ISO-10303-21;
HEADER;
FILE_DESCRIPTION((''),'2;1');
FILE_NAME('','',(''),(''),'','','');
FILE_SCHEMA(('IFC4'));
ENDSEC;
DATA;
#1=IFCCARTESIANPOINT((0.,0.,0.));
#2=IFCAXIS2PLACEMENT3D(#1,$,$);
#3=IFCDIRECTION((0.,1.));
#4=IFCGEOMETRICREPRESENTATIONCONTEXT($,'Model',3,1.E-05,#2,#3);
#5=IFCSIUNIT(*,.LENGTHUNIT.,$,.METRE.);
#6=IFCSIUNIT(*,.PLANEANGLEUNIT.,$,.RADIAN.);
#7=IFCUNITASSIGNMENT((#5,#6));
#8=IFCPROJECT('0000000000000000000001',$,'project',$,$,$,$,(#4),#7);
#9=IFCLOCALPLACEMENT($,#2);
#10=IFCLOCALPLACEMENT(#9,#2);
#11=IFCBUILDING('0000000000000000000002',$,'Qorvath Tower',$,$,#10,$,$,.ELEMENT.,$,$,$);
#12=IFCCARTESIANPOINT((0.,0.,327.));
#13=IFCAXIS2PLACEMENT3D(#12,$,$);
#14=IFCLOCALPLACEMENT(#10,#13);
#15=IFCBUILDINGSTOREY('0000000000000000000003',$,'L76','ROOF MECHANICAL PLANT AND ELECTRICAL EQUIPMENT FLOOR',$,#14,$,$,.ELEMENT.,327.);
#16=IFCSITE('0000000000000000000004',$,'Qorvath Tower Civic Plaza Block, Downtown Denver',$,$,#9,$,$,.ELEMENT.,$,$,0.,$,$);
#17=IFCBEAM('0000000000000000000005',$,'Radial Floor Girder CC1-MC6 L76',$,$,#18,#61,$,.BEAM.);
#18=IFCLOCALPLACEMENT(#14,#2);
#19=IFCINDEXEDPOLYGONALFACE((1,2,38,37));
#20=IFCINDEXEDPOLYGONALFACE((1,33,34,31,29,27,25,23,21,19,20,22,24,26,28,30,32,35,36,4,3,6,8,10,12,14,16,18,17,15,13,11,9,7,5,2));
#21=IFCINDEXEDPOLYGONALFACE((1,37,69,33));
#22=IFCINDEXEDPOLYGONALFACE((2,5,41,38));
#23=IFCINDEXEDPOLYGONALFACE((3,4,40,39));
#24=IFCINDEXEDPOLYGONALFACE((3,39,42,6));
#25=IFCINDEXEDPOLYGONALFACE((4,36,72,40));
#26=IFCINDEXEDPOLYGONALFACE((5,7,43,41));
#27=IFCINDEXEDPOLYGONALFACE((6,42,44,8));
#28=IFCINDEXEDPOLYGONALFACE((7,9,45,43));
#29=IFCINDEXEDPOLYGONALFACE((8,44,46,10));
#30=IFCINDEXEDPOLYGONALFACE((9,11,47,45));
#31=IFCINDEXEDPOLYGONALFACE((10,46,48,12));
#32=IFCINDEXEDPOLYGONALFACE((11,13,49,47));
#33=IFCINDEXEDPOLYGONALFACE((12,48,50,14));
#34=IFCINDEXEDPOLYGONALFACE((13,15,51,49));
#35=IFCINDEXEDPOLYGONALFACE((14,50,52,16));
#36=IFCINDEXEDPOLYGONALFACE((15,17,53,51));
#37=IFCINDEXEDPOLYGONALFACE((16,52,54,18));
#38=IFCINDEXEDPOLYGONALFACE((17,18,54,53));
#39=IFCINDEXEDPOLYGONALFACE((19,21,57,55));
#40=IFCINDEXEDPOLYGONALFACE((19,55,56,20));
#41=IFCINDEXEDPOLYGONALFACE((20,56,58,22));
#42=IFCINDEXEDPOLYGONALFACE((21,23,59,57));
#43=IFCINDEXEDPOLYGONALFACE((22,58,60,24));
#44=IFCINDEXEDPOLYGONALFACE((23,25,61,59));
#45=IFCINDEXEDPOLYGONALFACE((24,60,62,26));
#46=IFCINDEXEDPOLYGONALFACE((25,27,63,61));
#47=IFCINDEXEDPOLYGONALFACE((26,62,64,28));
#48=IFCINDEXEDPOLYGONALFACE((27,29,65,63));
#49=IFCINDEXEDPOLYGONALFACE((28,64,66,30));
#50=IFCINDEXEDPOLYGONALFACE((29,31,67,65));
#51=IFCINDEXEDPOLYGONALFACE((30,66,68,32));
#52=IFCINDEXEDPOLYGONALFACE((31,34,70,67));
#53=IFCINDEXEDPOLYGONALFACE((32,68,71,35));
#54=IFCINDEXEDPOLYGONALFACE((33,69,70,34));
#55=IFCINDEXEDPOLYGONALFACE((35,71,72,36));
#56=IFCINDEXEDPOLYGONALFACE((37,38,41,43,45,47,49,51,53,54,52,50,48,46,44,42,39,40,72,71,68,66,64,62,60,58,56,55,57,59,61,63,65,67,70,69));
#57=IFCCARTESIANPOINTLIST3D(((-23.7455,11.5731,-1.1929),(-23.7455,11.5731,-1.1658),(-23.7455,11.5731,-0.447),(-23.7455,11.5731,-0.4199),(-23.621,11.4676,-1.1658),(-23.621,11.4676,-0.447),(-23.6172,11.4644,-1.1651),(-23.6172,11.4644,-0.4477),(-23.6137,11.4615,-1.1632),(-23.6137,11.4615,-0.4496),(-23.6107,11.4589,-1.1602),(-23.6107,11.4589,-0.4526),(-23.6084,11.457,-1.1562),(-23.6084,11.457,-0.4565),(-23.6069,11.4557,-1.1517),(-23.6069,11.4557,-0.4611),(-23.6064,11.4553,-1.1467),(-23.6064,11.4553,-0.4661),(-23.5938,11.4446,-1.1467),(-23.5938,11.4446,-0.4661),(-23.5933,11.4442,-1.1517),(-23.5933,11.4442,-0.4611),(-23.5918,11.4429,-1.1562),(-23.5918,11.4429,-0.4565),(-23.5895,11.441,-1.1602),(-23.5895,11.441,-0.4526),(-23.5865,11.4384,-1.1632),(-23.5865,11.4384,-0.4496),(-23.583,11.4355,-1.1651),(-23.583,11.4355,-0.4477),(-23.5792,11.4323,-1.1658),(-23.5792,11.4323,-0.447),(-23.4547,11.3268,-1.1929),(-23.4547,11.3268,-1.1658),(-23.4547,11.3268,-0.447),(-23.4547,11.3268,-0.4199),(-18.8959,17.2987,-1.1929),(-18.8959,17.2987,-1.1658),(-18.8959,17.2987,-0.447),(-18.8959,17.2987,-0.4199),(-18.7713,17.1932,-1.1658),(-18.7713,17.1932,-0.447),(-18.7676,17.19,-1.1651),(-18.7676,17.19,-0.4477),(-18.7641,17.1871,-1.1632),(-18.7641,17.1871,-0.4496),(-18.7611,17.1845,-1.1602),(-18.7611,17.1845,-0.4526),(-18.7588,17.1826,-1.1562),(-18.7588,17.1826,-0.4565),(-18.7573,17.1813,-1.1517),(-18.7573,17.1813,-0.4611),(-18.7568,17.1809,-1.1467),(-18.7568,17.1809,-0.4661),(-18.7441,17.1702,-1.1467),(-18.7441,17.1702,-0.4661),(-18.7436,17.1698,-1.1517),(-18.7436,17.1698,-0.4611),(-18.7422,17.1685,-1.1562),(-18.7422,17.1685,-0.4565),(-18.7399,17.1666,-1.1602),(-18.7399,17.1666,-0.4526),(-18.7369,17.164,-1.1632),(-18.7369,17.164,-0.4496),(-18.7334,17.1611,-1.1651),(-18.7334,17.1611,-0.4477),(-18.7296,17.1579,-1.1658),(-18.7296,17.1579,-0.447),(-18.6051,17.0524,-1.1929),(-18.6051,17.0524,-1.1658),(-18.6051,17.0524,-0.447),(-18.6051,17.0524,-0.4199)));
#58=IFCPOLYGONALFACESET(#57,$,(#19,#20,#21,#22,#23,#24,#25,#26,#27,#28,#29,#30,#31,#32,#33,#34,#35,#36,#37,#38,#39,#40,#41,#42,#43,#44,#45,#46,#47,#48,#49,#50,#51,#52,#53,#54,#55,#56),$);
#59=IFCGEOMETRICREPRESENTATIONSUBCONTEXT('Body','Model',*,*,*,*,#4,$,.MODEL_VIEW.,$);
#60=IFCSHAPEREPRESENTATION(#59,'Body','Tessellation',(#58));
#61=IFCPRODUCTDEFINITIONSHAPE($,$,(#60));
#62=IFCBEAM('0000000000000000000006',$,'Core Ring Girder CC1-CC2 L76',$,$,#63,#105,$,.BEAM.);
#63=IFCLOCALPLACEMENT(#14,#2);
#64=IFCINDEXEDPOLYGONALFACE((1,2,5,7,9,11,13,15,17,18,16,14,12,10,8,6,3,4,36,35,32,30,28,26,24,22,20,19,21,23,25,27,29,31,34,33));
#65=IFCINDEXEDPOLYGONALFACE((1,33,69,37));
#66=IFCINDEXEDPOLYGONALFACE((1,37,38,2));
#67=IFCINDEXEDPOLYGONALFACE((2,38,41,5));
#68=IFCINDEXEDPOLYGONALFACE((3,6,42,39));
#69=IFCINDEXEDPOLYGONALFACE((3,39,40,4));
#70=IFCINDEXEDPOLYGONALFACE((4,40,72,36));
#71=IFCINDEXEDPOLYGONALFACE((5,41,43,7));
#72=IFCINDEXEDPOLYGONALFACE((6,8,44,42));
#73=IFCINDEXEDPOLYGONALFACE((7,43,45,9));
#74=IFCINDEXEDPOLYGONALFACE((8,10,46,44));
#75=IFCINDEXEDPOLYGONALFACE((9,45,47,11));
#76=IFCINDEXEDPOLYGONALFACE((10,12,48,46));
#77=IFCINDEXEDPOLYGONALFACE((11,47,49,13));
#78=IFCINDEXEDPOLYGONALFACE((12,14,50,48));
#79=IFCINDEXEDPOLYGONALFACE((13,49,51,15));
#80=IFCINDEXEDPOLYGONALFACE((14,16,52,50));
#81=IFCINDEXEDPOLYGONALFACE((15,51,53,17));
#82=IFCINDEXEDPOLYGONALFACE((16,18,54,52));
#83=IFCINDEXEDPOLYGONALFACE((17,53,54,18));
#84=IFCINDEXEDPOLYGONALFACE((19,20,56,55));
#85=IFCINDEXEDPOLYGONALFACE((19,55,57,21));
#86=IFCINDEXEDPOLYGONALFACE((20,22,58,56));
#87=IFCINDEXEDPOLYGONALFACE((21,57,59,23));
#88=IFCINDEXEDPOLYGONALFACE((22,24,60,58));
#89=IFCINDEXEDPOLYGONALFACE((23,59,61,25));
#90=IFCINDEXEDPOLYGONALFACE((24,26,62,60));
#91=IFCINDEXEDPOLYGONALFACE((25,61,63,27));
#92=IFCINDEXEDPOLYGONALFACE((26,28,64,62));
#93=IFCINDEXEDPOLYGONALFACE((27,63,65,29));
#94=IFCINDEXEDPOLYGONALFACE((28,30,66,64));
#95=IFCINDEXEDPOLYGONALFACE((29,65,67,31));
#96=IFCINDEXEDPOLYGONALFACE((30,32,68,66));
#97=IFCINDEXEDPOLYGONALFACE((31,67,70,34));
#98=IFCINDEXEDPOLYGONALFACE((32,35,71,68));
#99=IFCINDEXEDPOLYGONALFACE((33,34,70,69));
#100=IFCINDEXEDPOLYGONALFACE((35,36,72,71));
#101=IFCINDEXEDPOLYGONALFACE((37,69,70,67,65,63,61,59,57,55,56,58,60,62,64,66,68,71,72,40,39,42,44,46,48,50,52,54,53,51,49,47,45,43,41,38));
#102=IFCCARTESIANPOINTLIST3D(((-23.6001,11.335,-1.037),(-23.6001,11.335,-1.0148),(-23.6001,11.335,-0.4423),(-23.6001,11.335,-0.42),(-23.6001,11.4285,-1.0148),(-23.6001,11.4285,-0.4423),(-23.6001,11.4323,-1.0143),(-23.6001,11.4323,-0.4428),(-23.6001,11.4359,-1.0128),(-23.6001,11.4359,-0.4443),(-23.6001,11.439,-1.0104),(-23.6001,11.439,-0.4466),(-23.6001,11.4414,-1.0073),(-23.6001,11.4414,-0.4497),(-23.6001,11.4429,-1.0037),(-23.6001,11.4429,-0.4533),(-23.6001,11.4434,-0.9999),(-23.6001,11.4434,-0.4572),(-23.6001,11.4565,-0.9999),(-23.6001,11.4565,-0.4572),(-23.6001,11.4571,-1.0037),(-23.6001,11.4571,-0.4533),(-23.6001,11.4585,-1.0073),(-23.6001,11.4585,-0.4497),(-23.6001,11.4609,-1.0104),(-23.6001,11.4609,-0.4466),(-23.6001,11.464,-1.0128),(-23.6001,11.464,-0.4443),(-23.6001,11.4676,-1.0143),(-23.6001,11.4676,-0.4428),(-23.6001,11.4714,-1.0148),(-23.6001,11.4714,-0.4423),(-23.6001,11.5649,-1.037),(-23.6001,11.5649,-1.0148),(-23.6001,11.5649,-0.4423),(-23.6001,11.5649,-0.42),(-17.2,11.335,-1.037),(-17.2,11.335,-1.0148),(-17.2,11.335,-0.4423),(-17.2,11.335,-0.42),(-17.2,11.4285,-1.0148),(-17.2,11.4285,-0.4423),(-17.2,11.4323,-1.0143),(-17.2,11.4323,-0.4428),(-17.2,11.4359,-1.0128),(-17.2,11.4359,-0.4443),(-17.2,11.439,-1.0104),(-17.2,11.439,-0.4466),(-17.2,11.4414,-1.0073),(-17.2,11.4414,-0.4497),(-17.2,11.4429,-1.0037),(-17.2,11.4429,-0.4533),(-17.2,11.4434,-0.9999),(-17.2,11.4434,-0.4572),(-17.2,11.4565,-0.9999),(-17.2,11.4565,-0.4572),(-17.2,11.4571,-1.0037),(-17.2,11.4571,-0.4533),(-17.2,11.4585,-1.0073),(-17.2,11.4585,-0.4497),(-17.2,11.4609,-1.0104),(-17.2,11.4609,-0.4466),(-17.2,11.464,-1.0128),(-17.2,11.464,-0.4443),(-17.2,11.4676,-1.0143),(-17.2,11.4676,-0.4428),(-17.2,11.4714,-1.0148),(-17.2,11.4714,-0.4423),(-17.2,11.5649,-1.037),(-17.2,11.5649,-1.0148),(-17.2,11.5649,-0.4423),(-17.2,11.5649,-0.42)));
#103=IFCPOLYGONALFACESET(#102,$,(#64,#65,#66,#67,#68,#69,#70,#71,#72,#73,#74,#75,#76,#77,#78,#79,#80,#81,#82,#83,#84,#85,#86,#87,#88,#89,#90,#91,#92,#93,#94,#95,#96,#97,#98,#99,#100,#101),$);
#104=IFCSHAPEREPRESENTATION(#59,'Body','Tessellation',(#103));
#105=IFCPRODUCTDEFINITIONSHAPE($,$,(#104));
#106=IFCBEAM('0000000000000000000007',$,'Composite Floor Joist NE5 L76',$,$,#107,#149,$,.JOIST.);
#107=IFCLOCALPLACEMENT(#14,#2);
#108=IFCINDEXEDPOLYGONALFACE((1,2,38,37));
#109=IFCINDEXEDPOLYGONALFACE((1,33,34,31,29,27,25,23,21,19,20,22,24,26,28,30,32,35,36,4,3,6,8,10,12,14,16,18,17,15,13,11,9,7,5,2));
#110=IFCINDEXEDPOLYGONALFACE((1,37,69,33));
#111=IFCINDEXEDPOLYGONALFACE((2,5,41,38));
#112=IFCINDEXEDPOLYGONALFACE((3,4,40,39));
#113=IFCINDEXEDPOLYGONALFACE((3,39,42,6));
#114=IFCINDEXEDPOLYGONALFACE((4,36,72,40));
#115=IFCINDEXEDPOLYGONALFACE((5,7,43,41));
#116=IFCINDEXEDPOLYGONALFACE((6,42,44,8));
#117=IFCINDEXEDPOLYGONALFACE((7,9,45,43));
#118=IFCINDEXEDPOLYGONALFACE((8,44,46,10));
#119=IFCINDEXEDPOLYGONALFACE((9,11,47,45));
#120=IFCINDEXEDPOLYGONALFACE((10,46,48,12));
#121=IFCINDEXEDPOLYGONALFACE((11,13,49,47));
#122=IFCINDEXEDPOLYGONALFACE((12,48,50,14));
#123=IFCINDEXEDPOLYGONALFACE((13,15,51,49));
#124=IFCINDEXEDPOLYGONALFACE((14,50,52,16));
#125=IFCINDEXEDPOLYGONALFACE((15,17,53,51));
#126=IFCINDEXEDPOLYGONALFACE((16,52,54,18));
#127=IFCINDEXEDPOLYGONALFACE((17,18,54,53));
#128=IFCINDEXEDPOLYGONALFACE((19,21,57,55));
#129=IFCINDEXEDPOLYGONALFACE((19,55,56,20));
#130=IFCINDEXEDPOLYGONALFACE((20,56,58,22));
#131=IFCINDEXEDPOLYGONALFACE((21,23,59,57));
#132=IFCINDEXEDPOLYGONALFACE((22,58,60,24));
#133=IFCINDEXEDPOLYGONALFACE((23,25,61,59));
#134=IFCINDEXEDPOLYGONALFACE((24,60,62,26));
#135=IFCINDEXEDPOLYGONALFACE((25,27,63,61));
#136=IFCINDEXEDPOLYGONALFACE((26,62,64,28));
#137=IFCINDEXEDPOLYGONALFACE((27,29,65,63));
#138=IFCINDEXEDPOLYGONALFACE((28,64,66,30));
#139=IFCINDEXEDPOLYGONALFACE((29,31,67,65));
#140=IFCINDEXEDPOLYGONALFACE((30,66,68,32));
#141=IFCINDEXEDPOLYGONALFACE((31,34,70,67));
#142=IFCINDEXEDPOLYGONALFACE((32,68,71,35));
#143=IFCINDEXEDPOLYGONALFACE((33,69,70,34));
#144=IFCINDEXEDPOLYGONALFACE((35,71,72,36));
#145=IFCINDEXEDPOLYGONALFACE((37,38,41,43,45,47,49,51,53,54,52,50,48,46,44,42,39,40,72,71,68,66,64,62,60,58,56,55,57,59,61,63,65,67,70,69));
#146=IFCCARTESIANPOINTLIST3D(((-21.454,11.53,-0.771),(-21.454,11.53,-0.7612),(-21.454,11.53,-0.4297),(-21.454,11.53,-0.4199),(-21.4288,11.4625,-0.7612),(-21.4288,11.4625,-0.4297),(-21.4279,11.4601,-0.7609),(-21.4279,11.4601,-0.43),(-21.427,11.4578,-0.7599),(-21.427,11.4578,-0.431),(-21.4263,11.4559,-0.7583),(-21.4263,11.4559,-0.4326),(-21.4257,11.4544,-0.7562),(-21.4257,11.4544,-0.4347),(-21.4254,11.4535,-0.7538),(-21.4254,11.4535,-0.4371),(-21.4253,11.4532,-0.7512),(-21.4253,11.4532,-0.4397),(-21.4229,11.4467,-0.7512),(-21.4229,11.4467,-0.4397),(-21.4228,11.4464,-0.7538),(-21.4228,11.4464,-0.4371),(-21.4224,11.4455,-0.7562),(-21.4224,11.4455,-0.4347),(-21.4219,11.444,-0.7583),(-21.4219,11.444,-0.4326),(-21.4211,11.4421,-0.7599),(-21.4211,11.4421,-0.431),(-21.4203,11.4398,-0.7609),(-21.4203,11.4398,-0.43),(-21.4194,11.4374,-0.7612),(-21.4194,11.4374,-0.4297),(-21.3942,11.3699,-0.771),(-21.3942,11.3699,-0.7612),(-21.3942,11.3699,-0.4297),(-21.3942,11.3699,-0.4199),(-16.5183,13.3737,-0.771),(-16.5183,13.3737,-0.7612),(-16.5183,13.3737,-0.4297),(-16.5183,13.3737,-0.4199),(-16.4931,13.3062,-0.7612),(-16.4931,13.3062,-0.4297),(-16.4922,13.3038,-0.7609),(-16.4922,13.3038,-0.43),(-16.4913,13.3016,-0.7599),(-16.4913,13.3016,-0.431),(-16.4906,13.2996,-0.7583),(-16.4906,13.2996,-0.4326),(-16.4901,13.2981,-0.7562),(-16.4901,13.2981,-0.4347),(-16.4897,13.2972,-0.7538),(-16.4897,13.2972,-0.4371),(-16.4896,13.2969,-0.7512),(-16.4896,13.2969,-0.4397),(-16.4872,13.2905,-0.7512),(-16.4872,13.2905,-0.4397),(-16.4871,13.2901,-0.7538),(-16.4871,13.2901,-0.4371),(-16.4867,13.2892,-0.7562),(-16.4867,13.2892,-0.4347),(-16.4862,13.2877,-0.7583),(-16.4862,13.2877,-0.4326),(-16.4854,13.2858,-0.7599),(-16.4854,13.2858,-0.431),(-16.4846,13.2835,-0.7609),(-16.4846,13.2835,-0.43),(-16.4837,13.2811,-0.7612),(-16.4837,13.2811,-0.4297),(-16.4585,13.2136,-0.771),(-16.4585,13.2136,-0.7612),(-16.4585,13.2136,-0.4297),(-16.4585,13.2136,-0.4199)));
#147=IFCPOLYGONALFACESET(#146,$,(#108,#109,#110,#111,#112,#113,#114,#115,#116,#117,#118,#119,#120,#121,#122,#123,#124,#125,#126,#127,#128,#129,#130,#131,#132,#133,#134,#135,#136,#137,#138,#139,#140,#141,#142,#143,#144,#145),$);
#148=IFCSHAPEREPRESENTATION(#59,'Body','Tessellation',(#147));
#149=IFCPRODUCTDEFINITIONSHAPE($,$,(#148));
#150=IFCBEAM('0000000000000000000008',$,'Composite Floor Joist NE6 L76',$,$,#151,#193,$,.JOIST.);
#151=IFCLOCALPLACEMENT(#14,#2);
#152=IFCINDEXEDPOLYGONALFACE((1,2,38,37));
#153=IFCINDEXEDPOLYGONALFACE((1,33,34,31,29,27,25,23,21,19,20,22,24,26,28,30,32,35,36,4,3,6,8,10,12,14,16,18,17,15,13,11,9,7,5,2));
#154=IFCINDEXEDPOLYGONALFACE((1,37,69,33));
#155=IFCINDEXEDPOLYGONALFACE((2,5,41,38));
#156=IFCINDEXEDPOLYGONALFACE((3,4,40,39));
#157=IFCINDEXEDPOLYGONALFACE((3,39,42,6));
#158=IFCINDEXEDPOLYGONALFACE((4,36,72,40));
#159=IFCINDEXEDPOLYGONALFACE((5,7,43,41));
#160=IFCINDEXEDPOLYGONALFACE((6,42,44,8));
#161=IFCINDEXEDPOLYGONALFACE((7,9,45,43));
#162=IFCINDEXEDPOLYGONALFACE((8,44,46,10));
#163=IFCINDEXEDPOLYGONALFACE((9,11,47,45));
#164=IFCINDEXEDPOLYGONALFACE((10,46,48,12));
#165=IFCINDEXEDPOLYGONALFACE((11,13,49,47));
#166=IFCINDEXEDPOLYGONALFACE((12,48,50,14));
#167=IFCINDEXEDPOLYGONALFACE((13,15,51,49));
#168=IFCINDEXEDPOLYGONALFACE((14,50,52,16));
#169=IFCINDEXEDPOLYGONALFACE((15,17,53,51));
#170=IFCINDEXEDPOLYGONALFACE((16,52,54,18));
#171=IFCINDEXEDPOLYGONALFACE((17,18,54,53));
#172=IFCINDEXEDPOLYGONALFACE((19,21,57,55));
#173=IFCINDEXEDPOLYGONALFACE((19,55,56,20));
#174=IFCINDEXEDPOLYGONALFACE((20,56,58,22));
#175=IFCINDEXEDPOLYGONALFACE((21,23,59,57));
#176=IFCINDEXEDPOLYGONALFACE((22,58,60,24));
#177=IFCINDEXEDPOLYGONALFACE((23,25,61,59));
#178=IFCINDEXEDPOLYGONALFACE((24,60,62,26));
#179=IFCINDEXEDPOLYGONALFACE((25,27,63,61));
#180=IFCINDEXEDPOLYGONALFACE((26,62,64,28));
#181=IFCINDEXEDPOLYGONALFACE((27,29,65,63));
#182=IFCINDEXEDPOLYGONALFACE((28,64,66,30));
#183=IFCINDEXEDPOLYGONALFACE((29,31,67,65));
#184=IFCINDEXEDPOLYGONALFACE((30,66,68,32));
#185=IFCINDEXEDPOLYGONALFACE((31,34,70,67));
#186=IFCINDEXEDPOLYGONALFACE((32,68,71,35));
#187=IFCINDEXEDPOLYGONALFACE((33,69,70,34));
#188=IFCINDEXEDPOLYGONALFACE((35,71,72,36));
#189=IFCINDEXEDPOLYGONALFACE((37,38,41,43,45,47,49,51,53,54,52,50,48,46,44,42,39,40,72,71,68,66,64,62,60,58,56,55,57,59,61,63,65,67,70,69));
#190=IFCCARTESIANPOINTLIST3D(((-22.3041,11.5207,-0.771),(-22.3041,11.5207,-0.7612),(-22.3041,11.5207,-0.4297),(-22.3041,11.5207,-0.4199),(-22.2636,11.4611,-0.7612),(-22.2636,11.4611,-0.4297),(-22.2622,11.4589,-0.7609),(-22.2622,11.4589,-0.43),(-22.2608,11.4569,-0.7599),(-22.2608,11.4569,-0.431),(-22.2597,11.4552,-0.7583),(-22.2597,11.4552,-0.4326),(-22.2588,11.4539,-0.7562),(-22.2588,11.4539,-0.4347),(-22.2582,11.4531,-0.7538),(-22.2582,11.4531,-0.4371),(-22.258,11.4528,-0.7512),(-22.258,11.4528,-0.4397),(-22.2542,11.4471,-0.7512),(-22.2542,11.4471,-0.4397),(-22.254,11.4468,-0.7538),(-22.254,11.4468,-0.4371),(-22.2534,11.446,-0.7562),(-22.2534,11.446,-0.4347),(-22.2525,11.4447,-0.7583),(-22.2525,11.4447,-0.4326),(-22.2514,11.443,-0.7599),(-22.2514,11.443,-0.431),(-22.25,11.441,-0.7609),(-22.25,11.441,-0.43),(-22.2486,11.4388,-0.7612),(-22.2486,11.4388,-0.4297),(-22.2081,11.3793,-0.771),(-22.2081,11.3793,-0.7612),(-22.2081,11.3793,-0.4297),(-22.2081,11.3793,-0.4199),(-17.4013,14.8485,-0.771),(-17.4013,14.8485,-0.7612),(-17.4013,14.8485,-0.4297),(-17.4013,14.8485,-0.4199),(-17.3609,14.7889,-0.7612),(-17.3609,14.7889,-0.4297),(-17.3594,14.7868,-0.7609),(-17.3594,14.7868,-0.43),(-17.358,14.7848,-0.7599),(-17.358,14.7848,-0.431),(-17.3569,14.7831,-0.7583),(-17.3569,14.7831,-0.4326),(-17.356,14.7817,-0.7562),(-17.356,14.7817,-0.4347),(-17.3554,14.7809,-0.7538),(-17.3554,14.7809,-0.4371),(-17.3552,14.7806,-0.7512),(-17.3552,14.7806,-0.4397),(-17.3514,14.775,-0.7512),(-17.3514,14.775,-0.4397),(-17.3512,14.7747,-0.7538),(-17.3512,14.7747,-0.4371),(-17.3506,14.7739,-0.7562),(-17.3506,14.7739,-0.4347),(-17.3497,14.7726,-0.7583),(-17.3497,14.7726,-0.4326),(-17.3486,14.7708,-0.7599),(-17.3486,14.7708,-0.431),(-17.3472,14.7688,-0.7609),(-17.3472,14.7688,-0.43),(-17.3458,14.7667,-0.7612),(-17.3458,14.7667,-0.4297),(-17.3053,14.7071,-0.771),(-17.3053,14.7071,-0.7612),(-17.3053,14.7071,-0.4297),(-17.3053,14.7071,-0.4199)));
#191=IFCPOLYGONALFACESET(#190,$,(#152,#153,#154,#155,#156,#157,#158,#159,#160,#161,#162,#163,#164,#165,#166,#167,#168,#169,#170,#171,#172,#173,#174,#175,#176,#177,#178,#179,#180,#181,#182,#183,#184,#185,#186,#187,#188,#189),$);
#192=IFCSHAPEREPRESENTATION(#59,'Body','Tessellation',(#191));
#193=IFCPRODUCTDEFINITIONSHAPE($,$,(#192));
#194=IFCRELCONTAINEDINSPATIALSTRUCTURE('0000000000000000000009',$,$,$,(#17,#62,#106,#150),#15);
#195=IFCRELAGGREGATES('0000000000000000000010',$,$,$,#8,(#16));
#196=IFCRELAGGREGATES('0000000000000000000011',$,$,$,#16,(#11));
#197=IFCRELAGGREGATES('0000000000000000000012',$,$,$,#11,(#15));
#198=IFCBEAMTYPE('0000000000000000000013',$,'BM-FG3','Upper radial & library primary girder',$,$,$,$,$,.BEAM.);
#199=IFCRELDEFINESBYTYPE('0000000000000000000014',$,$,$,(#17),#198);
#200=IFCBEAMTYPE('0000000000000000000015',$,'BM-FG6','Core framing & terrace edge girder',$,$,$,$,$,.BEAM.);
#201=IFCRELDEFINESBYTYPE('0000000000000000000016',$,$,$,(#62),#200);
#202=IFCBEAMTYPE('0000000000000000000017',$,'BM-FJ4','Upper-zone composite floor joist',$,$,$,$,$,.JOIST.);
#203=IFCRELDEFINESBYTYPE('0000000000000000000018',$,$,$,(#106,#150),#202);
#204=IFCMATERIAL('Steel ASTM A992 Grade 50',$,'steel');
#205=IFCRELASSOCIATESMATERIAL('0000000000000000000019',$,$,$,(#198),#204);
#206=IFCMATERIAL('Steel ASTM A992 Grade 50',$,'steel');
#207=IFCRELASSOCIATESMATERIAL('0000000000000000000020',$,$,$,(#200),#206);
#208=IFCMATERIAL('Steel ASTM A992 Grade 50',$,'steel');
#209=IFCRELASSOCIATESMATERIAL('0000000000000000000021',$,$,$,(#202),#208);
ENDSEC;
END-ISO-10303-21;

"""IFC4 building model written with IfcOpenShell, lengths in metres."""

from ifc_helpers import new_model, si_unit, direction, frame, origin, origin_2d, place, context, subcontext, project, spatial, i_section, extrude, material, material_profile, profile_set, type_object, element, save


model = new_model("IFC4")

# Units and contexts
model_context = context("Model", 3, precision=1e-05, world=origin(), true_north=direction((0.0, 1.0)))
body_context = subcontext(model_context, "Body", "Model", "MODEL_VIEW")
ifc_project = project(units=[si_unit("LENGTHUNIT", "METRE"), si_unit("PLANEANGLEUNIT", "RADIAN")], contexts=[model_context])

# Site, building, storey
site_placement = place(None, origin())
site = spatial("IfcSite", under=ifc_project, at=site_placement, Name="Qorvath Tower Civic Plaza Block, Downtown Denver", CompositionType="ELEMENT", RefElevation=0.0)
building_placement = place(site_placement, origin())
building = spatial("IfcBuilding", under=site, at=building_placement, Name="Qorvath Tower", CompositionType="ELEMENT")
storey_placement = place(building_placement, frame((0.0, 0.0, 327.0)))
storey = spatial("IfcBuildingStorey", under=building, at=storey_placement, Name="L76", Description="ROOF MECHANICAL PLANT AND ELECTRICAL EQUIPMENT FLOOR", CompositionType="ELEMENT", Elevation=327.0)

# Beams
ifc_material_1 = material(Name="Steel ASTM A992 Grade 50", Category="steel")
ifc_material_profile_1 = material_profile(ifc_material_1, i_section(OverallWidth=0.3811, OverallDepth=0.7729, WebThickness=0.0166, FlangeThickness=0.0271, FilletRadius=0.019, at=origin_2d()), Name="W30x173")
ifc_profile_set_1 = profile_set([ifc_material_profile_1], Name="Steel ASTM A992 Grade 50")
beam_type_1 = type_object("IfcBeamType", Name="BM-FG3", Description="Upper radial & library primary girder", PredefinedType="BEAM", material=ifc_profile_set_1)
beam_1_placement = place(storey_placement, frame((-23.6001, 11.45, -0.8064), z_axis=(0.646321, 0.763065, 0.0), x_axis=(-0.763065, 0.646321, 0.0)))
element("IfcBeam", 1, at=beam_1_placement, inside=storey, type_object=beam_type_1, Name="Radial Floor Girder CC1-MC6 L76", PredefinedType="BEAM", context=body_context, shape_type="SweptSolid", body=[
    extrude(i_section(OverallWidth=0.3811, OverallDepth=0.7729, WebThickness=0.0166, FlangeThickness=0.0271, FilletRadius=0.019, at=origin_2d()), origin(), (0.0, 0.0, 1.0), 7.5034),
])
ifc_material_2 = material(Name="Steel ASTM A992 Grade 50", Category="steel")
ifc_material_profile_2 = material_profile(ifc_material_2, i_section(OverallWidth=0.23, OverallDepth=0.6169, WebThickness=0.0132, FlangeThickness=0.0222, FilletRadius=0.0149, at=origin_2d()), Name="W24x94")
ifc_profile_set_2 = profile_set([ifc_material_profile_2], Name="Steel ASTM A992 Grade 50")
beam_type_2 = type_object("IfcBeamType", Name="BM-FG6", Description="Core framing & terrace edge girder", PredefinedType="BEAM", material=ifc_profile_set_2)
beam_2_placement = place(storey_placement, frame((-23.6001, 11.45, -0.7285), z_axis=(1.0, 0.0, 0.0), x_axis=(0.0, 1.0, 0.0)))
element("IfcBeam", 2, at=beam_2_placement, inside=storey, type_object=beam_type_2, Name="Core Ring Girder CC1-CC2 L76", PredefinedType="BEAM", context=body_context, shape_type="SweptSolid", body=[
    extrude(i_section(OverallWidth=0.23, OverallDepth=0.6169, WebThickness=0.0132, FlangeThickness=0.0222, FilletRadius=0.0149, at=origin_2d()), origin(), (0.0, 0.0, 1.0), 6.4001),
])
ifc_material_3 = material(Name="Steel ASTM A992 Grade 50", Category="steel")
ifc_material_profile_3 = material_profile(ifc_material_3, i_section(OverallWidth=0.1709, OverallDepth=0.3511, WebThickness=0.0068, FlangeThickness=0.0098, FilletRadius=0.01, at=origin_2d()), Name="W14x30")
ifc_profile_set_3 = profile_set([ifc_material_profile_3], Name="Steel ASTM A992 Grade 50")
beam_type_3 = type_object("IfcBeamType", Name="BM-FJ4", Description="Upper-zone composite floor joist", PredefinedType="JOIST", material=ifc_profile_set_3)
beam_3_placement = place(storey_placement, frame((-21.4241, 11.45, -0.5955), z_axis=(0.936776, 0.34993, 0.0), x_axis=(-0.34993, 0.936776, 0.0)))
element("IfcBeam", 3, at=beam_3_placement, inside=storey, type_object=beam_type_3, Name="Composite Floor Joist NE5 L76", PredefinedType="JOIST", context=body_context, shape_type="SweptSolid", body=[
    extrude(i_section(OverallWidth=0.1709, OverallDepth=0.3511, WebThickness=0.0068, FlangeThickness=0.0098, FilletRadius=0.01, at=origin_2d()), origin(), (0.0, 0.0, 1.0), 5.2688),
])
beam_4_placement = place(storey_placement, frame((-22.2561, 11.45, -0.5955), z_axis=(0.827401, 0.561612, 0.0), x_axis=(-0.561612, 0.827401, 0.0)))
element("IfcBeam", 4, at=beam_4_placement, inside=storey, type_object=beam_type_3, Name="Composite Floor Joist NE6 L76", PredefinedType="JOIST", context=body_context, shape_type="SweptSolid", body=[
    extrude(i_section(OverallWidth=0.1709, OverallDepth=0.3511, WebThickness=0.0068, FlangeThickness=0.0098, FilletRadius=0.01, at=origin_2d()), origin(), (0.0, 0.0, 1.0), 5.9255),
])

save(model, "model.ifc")
